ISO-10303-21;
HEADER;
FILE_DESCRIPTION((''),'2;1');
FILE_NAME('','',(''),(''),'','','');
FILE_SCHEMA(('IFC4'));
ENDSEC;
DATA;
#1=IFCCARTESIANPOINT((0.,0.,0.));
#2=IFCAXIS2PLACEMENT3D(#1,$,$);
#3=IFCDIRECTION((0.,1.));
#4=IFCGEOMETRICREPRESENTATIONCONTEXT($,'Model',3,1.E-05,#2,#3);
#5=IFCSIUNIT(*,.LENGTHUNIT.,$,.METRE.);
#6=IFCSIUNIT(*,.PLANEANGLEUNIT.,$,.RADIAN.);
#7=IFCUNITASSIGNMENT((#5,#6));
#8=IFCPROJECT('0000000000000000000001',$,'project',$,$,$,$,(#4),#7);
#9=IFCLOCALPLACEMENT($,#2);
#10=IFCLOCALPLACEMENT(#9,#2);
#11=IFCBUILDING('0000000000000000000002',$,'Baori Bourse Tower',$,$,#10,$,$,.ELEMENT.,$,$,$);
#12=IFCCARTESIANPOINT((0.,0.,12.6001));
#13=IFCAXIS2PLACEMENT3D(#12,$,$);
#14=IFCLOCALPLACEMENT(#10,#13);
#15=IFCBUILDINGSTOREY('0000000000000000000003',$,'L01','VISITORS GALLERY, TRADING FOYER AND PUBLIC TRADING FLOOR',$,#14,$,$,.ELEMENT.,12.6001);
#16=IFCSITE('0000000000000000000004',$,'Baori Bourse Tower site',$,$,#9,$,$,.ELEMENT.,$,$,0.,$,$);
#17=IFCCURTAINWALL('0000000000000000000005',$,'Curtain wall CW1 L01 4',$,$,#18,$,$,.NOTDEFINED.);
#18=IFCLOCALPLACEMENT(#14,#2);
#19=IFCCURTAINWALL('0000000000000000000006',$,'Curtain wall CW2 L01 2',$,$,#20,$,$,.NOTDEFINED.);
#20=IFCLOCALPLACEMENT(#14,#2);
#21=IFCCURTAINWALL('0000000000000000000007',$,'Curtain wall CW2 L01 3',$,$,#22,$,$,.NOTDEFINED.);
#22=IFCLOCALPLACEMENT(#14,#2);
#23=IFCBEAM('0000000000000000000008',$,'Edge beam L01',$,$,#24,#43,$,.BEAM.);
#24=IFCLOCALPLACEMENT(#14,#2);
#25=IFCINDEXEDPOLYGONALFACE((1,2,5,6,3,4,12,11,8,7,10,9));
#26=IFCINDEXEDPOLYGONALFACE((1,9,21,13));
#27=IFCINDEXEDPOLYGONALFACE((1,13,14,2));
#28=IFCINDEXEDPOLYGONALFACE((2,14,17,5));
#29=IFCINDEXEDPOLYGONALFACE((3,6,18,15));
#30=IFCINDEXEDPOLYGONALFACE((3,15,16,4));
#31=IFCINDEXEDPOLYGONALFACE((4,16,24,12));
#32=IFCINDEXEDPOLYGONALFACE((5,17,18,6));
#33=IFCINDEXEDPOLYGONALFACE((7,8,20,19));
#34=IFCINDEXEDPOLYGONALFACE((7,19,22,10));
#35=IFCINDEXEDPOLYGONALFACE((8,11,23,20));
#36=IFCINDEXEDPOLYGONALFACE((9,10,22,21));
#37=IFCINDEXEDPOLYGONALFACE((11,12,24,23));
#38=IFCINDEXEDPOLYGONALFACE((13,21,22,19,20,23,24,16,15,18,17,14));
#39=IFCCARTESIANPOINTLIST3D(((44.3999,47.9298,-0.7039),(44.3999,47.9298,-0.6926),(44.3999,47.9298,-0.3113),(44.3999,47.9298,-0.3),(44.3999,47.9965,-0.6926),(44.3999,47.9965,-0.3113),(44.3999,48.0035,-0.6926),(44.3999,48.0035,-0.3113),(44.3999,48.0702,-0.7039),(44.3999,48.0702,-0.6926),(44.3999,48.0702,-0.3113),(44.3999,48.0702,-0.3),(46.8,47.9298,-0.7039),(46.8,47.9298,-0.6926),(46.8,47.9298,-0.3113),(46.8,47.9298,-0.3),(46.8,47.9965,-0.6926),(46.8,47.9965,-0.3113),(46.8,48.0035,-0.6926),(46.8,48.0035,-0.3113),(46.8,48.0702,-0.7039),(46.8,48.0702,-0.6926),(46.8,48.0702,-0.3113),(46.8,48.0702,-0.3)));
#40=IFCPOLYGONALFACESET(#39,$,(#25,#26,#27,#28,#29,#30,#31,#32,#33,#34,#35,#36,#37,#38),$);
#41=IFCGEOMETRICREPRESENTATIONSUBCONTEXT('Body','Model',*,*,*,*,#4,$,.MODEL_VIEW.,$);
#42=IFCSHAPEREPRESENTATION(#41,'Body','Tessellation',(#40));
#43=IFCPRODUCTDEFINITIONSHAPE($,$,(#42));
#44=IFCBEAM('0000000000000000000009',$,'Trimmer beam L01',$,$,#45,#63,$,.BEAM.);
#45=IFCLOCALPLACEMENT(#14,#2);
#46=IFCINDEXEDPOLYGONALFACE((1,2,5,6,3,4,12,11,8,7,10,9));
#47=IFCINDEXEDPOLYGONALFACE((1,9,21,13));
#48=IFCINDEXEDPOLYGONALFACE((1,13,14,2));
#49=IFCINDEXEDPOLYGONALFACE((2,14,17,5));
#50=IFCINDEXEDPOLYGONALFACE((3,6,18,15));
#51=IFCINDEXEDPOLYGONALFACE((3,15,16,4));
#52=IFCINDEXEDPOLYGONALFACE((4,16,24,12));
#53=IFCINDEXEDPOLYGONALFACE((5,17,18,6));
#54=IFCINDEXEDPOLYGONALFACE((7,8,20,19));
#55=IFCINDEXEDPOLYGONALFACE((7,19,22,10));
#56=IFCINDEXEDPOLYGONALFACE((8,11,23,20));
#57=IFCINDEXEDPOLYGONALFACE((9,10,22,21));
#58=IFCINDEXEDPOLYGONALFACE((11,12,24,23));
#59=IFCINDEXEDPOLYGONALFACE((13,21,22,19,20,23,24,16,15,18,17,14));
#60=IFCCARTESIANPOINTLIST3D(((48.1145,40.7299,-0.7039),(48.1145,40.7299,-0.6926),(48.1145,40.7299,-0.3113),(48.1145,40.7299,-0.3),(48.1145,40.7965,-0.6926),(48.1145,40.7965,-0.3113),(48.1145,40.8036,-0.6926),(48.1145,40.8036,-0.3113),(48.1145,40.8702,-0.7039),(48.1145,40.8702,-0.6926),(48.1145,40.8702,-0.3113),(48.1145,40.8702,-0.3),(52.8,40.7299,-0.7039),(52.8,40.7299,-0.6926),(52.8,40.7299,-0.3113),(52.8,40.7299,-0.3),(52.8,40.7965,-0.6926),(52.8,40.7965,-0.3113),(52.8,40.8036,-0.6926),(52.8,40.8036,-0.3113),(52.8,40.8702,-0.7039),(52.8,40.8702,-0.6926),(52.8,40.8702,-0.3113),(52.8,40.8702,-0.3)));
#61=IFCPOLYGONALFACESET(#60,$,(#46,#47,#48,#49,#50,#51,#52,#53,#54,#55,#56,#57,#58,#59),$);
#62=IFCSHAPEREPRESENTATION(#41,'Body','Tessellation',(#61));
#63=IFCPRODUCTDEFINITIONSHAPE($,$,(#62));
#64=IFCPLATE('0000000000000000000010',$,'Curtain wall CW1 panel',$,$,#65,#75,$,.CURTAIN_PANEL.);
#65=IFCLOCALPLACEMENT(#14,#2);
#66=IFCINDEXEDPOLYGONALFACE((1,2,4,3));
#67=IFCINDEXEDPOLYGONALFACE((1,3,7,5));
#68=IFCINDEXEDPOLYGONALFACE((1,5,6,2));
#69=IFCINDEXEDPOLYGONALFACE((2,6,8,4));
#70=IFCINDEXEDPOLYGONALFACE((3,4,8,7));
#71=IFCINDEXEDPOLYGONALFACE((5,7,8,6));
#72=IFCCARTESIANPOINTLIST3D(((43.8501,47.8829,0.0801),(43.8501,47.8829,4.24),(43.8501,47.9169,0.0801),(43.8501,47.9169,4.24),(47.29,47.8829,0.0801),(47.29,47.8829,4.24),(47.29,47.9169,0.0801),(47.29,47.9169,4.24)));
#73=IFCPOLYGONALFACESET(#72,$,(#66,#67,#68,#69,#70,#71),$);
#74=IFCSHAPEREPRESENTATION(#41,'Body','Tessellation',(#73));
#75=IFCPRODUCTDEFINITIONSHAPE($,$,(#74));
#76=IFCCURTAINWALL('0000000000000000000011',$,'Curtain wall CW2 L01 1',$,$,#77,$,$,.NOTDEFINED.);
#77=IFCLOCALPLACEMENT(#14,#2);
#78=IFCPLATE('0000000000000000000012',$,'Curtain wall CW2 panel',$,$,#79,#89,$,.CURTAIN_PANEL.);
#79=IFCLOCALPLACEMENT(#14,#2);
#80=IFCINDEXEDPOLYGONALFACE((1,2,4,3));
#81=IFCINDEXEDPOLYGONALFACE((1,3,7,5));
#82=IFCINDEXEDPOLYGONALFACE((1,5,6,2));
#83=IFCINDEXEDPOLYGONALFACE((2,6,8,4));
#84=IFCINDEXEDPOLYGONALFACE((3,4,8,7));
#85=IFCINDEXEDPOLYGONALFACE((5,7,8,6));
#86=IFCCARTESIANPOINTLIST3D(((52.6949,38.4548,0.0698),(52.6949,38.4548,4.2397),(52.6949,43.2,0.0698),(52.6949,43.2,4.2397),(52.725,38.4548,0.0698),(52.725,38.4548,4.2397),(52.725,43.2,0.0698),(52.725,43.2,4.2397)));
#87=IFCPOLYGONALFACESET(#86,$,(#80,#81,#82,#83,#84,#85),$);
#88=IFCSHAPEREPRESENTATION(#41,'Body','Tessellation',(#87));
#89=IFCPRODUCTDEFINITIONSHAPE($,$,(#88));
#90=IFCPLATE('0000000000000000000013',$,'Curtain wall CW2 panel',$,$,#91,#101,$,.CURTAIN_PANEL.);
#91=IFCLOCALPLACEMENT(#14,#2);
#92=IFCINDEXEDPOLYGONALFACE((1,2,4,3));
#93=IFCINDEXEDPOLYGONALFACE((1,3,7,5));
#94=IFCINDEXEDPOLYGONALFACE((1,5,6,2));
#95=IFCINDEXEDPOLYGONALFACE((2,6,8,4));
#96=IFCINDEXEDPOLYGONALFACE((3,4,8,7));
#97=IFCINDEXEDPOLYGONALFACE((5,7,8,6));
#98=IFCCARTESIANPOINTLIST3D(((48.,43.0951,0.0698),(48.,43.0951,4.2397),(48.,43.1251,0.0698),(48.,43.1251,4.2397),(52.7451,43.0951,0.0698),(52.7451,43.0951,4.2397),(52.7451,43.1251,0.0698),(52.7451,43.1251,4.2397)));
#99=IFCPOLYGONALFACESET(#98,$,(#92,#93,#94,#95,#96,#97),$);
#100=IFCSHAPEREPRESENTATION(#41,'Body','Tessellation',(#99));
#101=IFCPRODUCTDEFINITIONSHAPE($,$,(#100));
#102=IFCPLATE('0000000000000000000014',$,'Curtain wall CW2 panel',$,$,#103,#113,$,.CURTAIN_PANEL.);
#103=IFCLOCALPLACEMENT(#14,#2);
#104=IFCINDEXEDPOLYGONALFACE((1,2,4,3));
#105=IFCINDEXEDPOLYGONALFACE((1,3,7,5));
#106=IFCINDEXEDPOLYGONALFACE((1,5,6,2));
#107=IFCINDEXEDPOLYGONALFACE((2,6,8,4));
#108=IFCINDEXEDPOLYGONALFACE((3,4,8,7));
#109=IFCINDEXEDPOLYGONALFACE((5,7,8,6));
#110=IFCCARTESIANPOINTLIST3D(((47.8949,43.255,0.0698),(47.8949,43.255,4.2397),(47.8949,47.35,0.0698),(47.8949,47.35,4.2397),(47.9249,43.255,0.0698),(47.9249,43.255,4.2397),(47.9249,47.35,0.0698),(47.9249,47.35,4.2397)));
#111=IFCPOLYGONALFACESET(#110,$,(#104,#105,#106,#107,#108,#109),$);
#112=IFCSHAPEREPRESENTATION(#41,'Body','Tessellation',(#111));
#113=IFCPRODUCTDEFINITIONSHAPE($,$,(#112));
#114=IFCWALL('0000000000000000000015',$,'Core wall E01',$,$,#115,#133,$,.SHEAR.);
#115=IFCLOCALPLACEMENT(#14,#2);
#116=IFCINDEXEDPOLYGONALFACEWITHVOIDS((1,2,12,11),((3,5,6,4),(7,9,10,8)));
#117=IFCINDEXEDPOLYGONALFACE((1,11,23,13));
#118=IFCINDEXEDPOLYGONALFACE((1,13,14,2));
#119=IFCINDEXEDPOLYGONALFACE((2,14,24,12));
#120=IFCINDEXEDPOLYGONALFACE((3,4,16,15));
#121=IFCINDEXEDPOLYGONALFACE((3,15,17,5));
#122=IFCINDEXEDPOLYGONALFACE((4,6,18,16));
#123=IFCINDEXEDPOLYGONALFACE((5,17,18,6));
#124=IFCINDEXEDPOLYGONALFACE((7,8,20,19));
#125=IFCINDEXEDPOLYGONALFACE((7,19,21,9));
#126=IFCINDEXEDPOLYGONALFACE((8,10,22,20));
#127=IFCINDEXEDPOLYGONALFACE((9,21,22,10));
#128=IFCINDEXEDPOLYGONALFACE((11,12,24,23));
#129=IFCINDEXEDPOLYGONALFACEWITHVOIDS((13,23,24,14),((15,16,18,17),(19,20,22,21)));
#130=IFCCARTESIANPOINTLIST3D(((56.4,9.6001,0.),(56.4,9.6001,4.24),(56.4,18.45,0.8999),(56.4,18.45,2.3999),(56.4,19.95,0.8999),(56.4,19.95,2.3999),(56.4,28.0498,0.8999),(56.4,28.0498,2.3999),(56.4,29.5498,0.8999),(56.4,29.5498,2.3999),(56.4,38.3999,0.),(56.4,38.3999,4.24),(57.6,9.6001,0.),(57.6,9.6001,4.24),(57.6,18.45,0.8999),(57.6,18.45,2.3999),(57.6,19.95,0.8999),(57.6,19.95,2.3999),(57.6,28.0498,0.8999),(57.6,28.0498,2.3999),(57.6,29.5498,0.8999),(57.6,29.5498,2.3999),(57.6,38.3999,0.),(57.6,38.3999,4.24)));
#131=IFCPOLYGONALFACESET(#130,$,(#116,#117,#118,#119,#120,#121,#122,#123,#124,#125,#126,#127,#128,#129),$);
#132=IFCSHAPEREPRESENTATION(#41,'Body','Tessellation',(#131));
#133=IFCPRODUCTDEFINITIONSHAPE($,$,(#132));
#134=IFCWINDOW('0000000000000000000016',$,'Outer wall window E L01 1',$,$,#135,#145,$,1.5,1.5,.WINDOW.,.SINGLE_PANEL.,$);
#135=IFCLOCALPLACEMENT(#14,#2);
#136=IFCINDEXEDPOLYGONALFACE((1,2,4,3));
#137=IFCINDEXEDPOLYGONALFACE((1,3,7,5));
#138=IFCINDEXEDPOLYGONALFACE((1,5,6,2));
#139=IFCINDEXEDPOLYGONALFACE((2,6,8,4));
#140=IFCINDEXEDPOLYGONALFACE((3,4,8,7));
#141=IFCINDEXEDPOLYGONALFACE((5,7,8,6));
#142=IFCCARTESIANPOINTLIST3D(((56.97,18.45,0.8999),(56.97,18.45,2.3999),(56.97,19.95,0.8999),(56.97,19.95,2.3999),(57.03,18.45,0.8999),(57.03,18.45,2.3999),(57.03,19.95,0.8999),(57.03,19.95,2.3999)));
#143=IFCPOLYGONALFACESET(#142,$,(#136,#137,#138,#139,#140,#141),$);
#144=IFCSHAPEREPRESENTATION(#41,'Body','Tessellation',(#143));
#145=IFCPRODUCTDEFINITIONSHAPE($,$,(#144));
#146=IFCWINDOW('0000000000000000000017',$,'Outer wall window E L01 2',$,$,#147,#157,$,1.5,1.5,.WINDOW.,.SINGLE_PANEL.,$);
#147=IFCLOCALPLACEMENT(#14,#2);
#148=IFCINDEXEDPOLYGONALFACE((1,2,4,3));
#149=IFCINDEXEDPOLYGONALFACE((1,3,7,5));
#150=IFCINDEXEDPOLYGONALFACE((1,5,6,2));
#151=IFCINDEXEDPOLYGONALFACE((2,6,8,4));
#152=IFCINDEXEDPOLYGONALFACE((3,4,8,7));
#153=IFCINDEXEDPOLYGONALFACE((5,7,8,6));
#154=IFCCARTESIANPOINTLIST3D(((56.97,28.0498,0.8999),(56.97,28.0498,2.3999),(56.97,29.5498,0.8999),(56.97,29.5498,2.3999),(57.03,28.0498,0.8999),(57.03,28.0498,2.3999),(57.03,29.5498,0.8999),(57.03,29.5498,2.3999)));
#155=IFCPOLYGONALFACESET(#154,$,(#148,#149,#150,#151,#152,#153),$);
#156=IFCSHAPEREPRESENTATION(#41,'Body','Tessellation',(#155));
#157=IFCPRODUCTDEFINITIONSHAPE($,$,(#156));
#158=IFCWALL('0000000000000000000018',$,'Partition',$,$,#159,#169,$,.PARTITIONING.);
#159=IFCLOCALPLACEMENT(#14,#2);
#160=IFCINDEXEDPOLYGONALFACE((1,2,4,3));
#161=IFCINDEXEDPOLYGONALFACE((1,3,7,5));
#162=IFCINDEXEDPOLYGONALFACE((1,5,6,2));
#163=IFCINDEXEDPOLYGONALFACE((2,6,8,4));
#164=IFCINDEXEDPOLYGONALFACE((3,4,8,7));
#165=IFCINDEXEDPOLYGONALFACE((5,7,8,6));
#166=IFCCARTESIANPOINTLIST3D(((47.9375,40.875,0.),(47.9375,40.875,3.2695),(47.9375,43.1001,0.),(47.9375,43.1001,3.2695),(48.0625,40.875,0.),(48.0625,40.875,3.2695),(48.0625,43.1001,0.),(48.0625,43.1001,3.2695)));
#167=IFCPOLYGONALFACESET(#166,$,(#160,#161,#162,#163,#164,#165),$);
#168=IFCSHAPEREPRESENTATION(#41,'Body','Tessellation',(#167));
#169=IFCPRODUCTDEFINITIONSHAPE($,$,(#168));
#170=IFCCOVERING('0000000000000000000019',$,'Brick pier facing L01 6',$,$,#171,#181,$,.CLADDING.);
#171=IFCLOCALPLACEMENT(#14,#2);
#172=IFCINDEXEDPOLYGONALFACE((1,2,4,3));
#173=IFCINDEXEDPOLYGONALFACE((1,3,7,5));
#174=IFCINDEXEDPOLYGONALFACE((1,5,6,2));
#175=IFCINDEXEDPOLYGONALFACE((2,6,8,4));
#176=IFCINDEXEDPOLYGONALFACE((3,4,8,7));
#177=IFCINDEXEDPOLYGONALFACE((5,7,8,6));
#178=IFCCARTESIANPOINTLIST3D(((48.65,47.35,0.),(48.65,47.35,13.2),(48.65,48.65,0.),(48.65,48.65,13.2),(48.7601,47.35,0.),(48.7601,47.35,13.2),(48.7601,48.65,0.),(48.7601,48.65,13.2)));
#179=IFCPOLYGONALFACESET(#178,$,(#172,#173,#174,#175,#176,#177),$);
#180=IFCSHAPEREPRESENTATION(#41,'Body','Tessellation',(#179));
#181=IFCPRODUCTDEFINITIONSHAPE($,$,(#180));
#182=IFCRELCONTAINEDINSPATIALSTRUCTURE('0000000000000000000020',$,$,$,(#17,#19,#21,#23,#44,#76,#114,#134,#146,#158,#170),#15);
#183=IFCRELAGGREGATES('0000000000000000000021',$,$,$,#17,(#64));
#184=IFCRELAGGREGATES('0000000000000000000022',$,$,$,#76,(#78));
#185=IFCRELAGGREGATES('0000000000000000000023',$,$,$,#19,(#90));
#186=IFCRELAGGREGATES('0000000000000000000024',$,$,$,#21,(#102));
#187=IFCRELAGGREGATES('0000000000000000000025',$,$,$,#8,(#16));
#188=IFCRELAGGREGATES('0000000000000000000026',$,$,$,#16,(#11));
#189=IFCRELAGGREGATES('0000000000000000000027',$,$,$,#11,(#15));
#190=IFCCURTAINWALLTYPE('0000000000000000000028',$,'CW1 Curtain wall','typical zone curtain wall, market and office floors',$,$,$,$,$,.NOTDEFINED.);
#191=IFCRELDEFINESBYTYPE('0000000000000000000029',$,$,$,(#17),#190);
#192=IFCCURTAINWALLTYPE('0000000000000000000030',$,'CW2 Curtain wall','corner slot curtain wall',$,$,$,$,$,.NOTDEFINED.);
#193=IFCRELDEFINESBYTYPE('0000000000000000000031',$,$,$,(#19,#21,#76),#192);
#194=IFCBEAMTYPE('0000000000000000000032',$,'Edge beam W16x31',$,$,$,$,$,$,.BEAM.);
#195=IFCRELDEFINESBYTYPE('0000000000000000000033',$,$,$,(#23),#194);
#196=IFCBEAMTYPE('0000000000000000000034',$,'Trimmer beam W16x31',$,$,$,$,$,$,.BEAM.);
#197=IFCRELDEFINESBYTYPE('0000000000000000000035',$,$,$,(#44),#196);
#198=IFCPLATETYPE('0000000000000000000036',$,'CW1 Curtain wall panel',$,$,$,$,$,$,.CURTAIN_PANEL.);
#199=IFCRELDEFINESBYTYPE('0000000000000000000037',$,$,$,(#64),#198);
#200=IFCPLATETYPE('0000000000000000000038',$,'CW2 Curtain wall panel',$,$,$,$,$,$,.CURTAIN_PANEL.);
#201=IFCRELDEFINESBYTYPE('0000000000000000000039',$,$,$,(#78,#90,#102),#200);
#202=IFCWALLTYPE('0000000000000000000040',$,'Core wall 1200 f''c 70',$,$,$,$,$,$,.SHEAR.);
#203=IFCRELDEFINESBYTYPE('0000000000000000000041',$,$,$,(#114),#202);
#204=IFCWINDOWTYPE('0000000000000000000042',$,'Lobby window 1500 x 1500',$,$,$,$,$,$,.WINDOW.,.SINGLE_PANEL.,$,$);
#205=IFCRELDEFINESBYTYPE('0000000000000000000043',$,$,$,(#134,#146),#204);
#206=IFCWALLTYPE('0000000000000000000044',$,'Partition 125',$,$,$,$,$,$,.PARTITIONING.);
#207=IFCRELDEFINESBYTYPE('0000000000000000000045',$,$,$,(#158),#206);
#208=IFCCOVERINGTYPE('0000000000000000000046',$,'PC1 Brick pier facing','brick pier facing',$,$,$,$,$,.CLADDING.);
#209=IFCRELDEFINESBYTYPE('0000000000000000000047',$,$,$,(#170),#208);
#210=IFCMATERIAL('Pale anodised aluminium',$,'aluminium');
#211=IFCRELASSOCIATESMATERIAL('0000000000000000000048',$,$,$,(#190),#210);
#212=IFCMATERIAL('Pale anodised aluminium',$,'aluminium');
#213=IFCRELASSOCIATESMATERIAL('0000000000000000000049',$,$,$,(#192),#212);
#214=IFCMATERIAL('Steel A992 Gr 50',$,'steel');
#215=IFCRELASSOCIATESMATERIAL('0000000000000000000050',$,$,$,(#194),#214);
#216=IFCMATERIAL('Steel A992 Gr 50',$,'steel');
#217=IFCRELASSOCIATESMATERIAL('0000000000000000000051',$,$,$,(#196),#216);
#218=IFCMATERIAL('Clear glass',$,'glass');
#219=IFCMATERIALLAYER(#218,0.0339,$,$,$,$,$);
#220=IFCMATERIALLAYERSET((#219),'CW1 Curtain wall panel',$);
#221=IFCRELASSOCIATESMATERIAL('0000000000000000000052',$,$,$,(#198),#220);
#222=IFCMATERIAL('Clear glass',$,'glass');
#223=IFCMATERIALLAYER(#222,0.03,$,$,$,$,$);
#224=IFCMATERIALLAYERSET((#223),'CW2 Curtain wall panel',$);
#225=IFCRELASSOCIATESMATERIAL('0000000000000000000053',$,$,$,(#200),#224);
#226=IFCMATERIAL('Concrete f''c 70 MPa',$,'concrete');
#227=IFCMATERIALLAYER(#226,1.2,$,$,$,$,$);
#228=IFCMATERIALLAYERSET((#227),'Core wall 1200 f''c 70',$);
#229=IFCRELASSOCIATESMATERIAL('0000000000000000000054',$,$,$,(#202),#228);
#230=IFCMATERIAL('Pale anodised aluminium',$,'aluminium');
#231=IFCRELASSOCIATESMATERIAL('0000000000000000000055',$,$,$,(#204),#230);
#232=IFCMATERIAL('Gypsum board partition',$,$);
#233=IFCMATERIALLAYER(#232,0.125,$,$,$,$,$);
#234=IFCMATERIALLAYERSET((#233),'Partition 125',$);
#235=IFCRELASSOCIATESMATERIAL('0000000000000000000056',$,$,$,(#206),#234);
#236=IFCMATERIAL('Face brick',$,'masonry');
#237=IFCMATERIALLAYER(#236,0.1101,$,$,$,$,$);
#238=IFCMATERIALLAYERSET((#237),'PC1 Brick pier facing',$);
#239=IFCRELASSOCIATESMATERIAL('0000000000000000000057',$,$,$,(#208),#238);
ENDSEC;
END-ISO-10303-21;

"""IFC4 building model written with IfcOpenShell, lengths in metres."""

from ifc_helpers import new_model, si_unit, direction, frame, frame_2d, origin, origin_2d, place, context, subcontext, project, spatial, rectangle, i_section, extrude, material, layer, layer_set, material_profile, profile_set, type_object, element, fill, aggregate, save


model = new_model("IFC4")

# Units and contexts
model_context = context("Model", 3, precision=1e-05, world=origin(), true_north=direction((0.0, 1.0)))
body_context = subcontext(model_context, "Body", "Model", "MODEL_VIEW")
ifc_project = project(units=[si_unit("LENGTHUNIT", "METRE"), si_unit("PLANEANGLEUNIT", "RADIAN")], contexts=[model_context])

# Site, building, storey
site_placement = place(None, origin())
site = spatial("IfcSite", under=ifc_project, at=site_placement, Name="Baori Bourse Tower site", CompositionType="ELEMENT", RefElevation=0.0)
building_placement = place(site_placement, origin())
building = spatial("IfcBuilding", under=site, at=building_placement, Name="Baori Bourse Tower", CompositionType="ELEMENT")
storey_placement = place(building_placement, frame((0.0, 0.0, 12.6001)))
storey = spatial("IfcBuildingStorey", under=building, at=storey_placement, Name="L01", Description="VISITORS GALLERY, TRADING FOYER AND PUBLIC TRADING FLOOR", CompositionType="ELEMENT", Elevation=12.6001)

# Curtain wall
ifc_material_1 = material(Name="Pale anodised aluminium", Category="aluminium")
curtain_wall_type_1 = type_object("IfcCurtainWallType", Name="CW1 Curtain wall", Description="typical zone curtain wall, market and office floors", PredefinedType="NOTDEFINED", material=ifc_material_1)
curtain_wall_1_placement = place(storey_placement, origin())
curtain_wall_1 = element("IfcCurtainWall", 1, at=curtain_wall_1_placement, inside=storey, type_object=curtain_wall_type_1, Name="Curtain wall CW1 L01 4", PredefinedType="NOTDEFINED")

# Curtain walls
ifc_material_2 = material(Name="Pale anodised aluminium", Category="aluminium")
curtain_wall_type_2 = type_object("IfcCurtainWallType", Name="CW2 Curtain wall", Description="corner slot curtain wall", PredefinedType="NOTDEFINED", material=ifc_material_2)
curtain_wall_2_placement = place(storey_placement, origin())
curtain_wall_2 = element("IfcCurtainWall", 2, at=curtain_wall_2_placement, inside=storey, type_object=curtain_wall_type_2, Name="Curtain wall CW2 L01 2", PredefinedType="NOTDEFINED")
curtain_wall_3_placement = place(storey_placement, origin())
curtain_wall_3 = element("IfcCurtainWall", 3, at=curtain_wall_3_placement, inside=storey, type_object=curtain_wall_type_2, Name="Curtain wall CW2 L01 3", PredefinedType="NOTDEFINED")

# Beams
ifc_material_3 = material(Name="Steel A992 Gr 50", Category="steel")
ifc_material_profile_1 = material_profile(ifc_material_3, i_section(OverallWidth=0.1404, OverallDepth=0.4038, WebThickness=0.0071, FlangeThickness=0.0112, at=origin_2d()), Name="W16x31")
ifc_profile_set_1 = profile_set([ifc_material_profile_1], Name="Steel A992 Gr 50")
beam_type_1 = type_object("IfcBeamType", Name="Edge beam W16x31", PredefinedType="BEAM", material=ifc_profile_set_1)
beam_1_placement = place(storey_placement, frame((44.3999, 48.0, -0.502), z_axis=(1.0, 0.0, 0.0), x_axis=(0.0, 1.0, 0.0)))
element("IfcBeam", 4, at=beam_1_placement, inside=storey, type_object=beam_type_1, Name="Edge beam L01", PredefinedType="BEAM", context=body_context, shape_type="SweptSolid", body=[
    extrude(i_section(OverallWidth=0.1404, OverallDepth=0.4038, WebThickness=0.0071, FlangeThickness=0.0112, at=origin_2d()), origin(), (0.0, 0.0, 1.0), 2.4001),
])
ifc_material_4 = material(Name="Steel A992 Gr 50", Category="steel")
ifc_material_profile_2 = material_profile(ifc_material_4, i_section(OverallWidth=0.1404, OverallDepth=0.4038, WebThickness=0.0071, FlangeThickness=0.0112, at=origin_2d()), Name="W16x31")
ifc_profile_set_2 = profile_set([ifc_material_profile_2], Name="Steel A992 Gr 50")
beam_type_2 = type_object("IfcBeamType", Name="Trimmer beam W16x31", PredefinedType="BEAM", material=ifc_profile_set_2)
beam_2_placement = place(storey_placement, frame((48.1145, 40.8, -0.502), z_axis=(1.0, 0.0, 0.0), x_axis=(0.0, 1.0, 0.0)))
element("IfcBeam", 5, at=beam_2_placement, inside=storey, type_object=beam_type_2, Name="Trimmer beam L01", PredefinedType="BEAM", context=body_context, shape_type="SweptSolid", body=[
    extrude(i_section(OverallWidth=0.1404, OverallDepth=0.4038, WebThickness=0.0071, FlangeThickness=0.0112, at=origin_2d()), origin(), (0.0, 0.0, 1.0), 4.6855),
])

# Plate
ifc_material_5 = material(Name="Clear glass", Category="glass")
ifc_layer_1 = layer(ifc_material_5, 0.0339)
ifc_layer_set_1 = layer_set([ifc_layer_1], Name="CW1 Curtain wall panel")
plate_type_1 = type_object("IfcPlateType", Name="CW1 Curtain wall panel", PredefinedType="CURTAIN_PANEL", material=ifc_layer_set_1)
plate_1_placement = place(storey_placement, frame((45.5701, 47.8999, 0.0801), z_axis=(0.0, 0.0, 1.0), x_axis=(-1.0, 0.0, 0.0)))
plate_1 = element("IfcPlate", 6, at=plate_1_placement, type_object=plate_type_1, Name="Curtain wall CW1 panel", PredefinedType="CURTAIN_PANEL", context=body_context, shape_type="SweptSolid", body=[
    extrude(rectangle(XDim=3.4399, YDim=0.0339, at=origin_2d()), origin(), (0.0, 0.0, 1.0), 4.1599),
])
aggregate(curtain_wall_1, [plate_1])

# Curtain wall, plate
curtain_wall_4_placement = place(storey_placement, origin())
curtain_wall_4 = element("IfcCurtainWall", 7, at=curtain_wall_4_placement, inside=storey, type_object=curtain_wall_type_2, Name="Curtain wall CW2 L01 1", PredefinedType="NOTDEFINED")
ifc_material_6 = material(Name="Clear glass", Category="glass")
ifc_layer_2 = layer(ifc_material_6, 0.03)
ifc_layer_set_2 = layer_set([ifc_layer_2], Name="CW2 Curtain wall panel")
plate_type_2 = type_object("IfcPlateType", Name="CW2 Curtain wall panel", PredefinedType="CURTAIN_PANEL", material=ifc_layer_set_2)
plate_2_placement = place(storey_placement, frame((52.71, 40.8274, 0.0698), z_axis=(0.0, 0.0, 1.0), x_axis=(0.0, 1.0, 0.0)))
plate_2 = element("IfcPlate", 8, at=plate_2_placement, type_object=plate_type_2, Name="Curtain wall CW2 panel", PredefinedType="CURTAIN_PANEL", context=body_context, shape_type="SweptSolid", body=[
    extrude(rectangle(XDim=4.7451, YDim=0.03, at=origin_2d()), origin(), (0.0, 0.0, 1.0), 4.1699),
])
aggregate(curtain_wall_4, [plate_2])

# Plates
plate_3_placement = place(storey_placement, frame((50.3726, 43.1101, 0.0698), z_axis=(0.0, 0.0, 1.0), x_axis=(-1.0, 0.0, 0.0)))
plate_3 = element("IfcPlate", 9, at=plate_3_placement, type_object=plate_type_2, Name="Curtain wall CW2 panel", PredefinedType="CURTAIN_PANEL", context=body_context, shape_type="SweptSolid", body=[
    extrude(rectangle(XDim=4.7451, YDim=0.03, at=origin_2d()), origin(), (0.0, 0.0, 1.0), 4.1699),
])
aggregate(curtain_wall_2, [plate_3])
plate_4_placement = place(storey_placement, frame((47.9099, 45.3025, 0.0698), z_axis=(0.0, 0.0, 1.0), x_axis=(0.0, 1.0, 0.0)))
plate_4 = element("IfcPlate", 10, at=plate_4_placement, type_object=plate_type_2, Name="Curtain wall CW2 panel", PredefinedType="CURTAIN_PANEL", context=body_context, shape_type="SweptSolid", body=[
    extrude(rectangle(XDim=4.095, YDim=0.03, at=origin_2d()), origin(), (0.0, 0.0, 1.0), 4.1699),
])
aggregate(curtain_wall_3, [plate_4])

# Wall, openings, windows
ifc_material_7 = material(Name="Concrete f'c 70 MPa", Category="concrete")
ifc_layer_3 = layer(ifc_material_7, 1.2)
ifc_layer_set_3 = layer_set([ifc_layer_3], Name="Core wall 1200 f'c 70")
wall_type_1 = type_object("IfcWallType", Name="Core wall 1200 f'c 70", PredefinedType="SHEAR", material=ifc_layer_set_3)
wall_1_placement = place(storey_placement, frame((57.0, 38.3999, 0.0), z_axis=(0.0, 0.0, 1.0), x_axis=(0.0, -1.0, 0.0)))
wall_1 = element("IfcWall", 11, at=wall_1_placement, inside=storey, type_object=wall_type_1, Name="Core wall E01", PredefinedType="SHEAR", context=body_context, shape_type="SweptSolid", body=[
    extrude(rectangle(XDim=28.7998, YDim=1.2, at=frame_2d((14.3999, 0.0))), origin(), (0.0, 0.0, 1.0), 4.24),
])
opening_1_placement = place(wall_1_placement, frame((18.45, 0.0, 0.8999)))
opening_1 = element("IfcOpeningElement", 12, at=opening_1_placement, cuts=wall_1, PredefinedType="OPENING", context=body_context, shape_type="SweptSolid", body=[
    extrude(rectangle(XDim=1.5, YDim=1.5, at=frame_2d((0.75, 0.75))), frame((0.0, 0.6099, 0.0), z_axis=(0.0, -1.0, 0.0), x_axis=(1.0, 0.0, 0.0)), (0.0, 0.0, 1.0), 1.22),
])
opening_2_placement = place(wall_1_placement, frame((8.8501, 0.0, 0.8999)))
opening_2 = element("IfcOpeningElement", 13, at=opening_2_placement, cuts=wall_1, PredefinedType="OPENING", context=body_context, shape_type="SweptSolid", body=[
    extrude(rectangle(XDim=1.5, YDim=1.5, at=frame_2d((0.75, 0.75))), frame((0.0, 0.6099, 0.0), z_axis=(0.0, -1.0, 0.0), x_axis=(1.0, 0.0, 0.0)), (0.0, 0.0, 1.0), 1.22),
])
ifc_material_8 = material(Name="Pale anodised aluminium", Category="aluminium")
window_type = type_object("IfcWindowType", Name="Lobby window 1500 x 1500", PartitioningType="SINGLE_PANEL", PredefinedType="WINDOW", material=ifc_material_8)
window_1_placement = place(opening_1_placement, origin())
window_1 = element("IfcWindow", 14, at=window_1_placement, inside=storey, type_object=window_type, Name="Outer wall window E L01 1", OverallHeight=1.5, OverallWidth=1.5, PartitioningType="SINGLE_PANEL", PredefinedType="WINDOW", context=body_context, shape_type="SweptSolid", body=[
    extrude(rectangle(XDim=1.5, YDim=1.5, at=frame_2d((0.75, 0.75))), frame((0.0, 0.03, 0.0), z_axis=(0.0, -1.0, 0.0), x_axis=(1.0, 0.0, 0.0)), (0.0, 0.0, 1.0), 0.0601),
])
fill(opening_1, window_1)
window_2_placement = place(opening_2_placement, origin())
window_2 = element("IfcWindow", 15, at=window_2_placement, inside=storey, type_object=window_type, Name="Outer wall window E L01 2", OverallHeight=1.5, OverallWidth=1.5, PartitioningType="SINGLE_PANEL", PredefinedType="WINDOW", context=body_context, shape_type="SweptSolid", body=[
    extrude(rectangle(XDim=1.5, YDim=1.5, at=frame_2d((0.75, 0.75))), frame((0.0, 0.03, 0.0), z_axis=(0.0, -1.0, 0.0), x_axis=(1.0, 0.0, 0.0)), (0.0, 0.0, 1.0), 0.0601),
])
fill(opening_2, window_2)

# Wall
ifc_material_9 = material(Name="Gypsum board partition")
ifc_layer_4 = layer(ifc_material_9, 0.125)
ifc_layer_set_4 = layer_set([ifc_layer_4], Name="Partition 125")
wall_type_2 = type_object("IfcWallType", Name="Partition 125", PredefinedType="PARTITIONING", material=ifc_layer_set_4)
wall_2_placement = place(storey_placement, frame((48.0, 40.875, 0.0), z_axis=(0.0, 0.0, 1.0), x_axis=(0.0, 1.0, 0.0)))
element("IfcWall", 16, at=wall_2_placement, inside=storey, type_object=wall_type_2, Name="Partition", PredefinedType="PARTITIONING", context=body_context, shape_type="SweptSolid", body=[
    extrude(rectangle(XDim=2.2251, YDim=0.125, at=frame_2d((1.1125, 0.0))), origin(), (0.0, 0.0, 1.0), 3.2695),
])

# Covering
ifc_material_10 = material(Name="Face brick", Category="masonry")
ifc_layer_5 = layer(ifc_material_10, 0.1101)
ifc_layer_set_5 = layer_set([ifc_layer_5], Name="PC1 Brick pier facing")
covering_type = type_object("IfcCoveringType", Name="PC1 Brick pier facing", Description="brick pier facing", PredefinedType="CLADDING", material=ifc_layer_set_5)
covering_placement = place(storey_placement, frame((48.7051, 48.0, 0.0), z_axis=(0.0, 0.0, 1.0), x_axis=(1.0, 0.0, 0.0)))
element("IfcCovering", 17, at=covering_placement, inside=storey, type_object=covering_type, Name="Brick pier facing L01 6", PredefinedType="CLADDING", context=body_context, shape_type="SweptSolid", body=[
    extrude(rectangle(XDim=0.1101, YDim=1.3, at=origin_2d()), origin(), (0.0, 0.0, 1.0), 13.2),
])

save(model, "model.ifc")
